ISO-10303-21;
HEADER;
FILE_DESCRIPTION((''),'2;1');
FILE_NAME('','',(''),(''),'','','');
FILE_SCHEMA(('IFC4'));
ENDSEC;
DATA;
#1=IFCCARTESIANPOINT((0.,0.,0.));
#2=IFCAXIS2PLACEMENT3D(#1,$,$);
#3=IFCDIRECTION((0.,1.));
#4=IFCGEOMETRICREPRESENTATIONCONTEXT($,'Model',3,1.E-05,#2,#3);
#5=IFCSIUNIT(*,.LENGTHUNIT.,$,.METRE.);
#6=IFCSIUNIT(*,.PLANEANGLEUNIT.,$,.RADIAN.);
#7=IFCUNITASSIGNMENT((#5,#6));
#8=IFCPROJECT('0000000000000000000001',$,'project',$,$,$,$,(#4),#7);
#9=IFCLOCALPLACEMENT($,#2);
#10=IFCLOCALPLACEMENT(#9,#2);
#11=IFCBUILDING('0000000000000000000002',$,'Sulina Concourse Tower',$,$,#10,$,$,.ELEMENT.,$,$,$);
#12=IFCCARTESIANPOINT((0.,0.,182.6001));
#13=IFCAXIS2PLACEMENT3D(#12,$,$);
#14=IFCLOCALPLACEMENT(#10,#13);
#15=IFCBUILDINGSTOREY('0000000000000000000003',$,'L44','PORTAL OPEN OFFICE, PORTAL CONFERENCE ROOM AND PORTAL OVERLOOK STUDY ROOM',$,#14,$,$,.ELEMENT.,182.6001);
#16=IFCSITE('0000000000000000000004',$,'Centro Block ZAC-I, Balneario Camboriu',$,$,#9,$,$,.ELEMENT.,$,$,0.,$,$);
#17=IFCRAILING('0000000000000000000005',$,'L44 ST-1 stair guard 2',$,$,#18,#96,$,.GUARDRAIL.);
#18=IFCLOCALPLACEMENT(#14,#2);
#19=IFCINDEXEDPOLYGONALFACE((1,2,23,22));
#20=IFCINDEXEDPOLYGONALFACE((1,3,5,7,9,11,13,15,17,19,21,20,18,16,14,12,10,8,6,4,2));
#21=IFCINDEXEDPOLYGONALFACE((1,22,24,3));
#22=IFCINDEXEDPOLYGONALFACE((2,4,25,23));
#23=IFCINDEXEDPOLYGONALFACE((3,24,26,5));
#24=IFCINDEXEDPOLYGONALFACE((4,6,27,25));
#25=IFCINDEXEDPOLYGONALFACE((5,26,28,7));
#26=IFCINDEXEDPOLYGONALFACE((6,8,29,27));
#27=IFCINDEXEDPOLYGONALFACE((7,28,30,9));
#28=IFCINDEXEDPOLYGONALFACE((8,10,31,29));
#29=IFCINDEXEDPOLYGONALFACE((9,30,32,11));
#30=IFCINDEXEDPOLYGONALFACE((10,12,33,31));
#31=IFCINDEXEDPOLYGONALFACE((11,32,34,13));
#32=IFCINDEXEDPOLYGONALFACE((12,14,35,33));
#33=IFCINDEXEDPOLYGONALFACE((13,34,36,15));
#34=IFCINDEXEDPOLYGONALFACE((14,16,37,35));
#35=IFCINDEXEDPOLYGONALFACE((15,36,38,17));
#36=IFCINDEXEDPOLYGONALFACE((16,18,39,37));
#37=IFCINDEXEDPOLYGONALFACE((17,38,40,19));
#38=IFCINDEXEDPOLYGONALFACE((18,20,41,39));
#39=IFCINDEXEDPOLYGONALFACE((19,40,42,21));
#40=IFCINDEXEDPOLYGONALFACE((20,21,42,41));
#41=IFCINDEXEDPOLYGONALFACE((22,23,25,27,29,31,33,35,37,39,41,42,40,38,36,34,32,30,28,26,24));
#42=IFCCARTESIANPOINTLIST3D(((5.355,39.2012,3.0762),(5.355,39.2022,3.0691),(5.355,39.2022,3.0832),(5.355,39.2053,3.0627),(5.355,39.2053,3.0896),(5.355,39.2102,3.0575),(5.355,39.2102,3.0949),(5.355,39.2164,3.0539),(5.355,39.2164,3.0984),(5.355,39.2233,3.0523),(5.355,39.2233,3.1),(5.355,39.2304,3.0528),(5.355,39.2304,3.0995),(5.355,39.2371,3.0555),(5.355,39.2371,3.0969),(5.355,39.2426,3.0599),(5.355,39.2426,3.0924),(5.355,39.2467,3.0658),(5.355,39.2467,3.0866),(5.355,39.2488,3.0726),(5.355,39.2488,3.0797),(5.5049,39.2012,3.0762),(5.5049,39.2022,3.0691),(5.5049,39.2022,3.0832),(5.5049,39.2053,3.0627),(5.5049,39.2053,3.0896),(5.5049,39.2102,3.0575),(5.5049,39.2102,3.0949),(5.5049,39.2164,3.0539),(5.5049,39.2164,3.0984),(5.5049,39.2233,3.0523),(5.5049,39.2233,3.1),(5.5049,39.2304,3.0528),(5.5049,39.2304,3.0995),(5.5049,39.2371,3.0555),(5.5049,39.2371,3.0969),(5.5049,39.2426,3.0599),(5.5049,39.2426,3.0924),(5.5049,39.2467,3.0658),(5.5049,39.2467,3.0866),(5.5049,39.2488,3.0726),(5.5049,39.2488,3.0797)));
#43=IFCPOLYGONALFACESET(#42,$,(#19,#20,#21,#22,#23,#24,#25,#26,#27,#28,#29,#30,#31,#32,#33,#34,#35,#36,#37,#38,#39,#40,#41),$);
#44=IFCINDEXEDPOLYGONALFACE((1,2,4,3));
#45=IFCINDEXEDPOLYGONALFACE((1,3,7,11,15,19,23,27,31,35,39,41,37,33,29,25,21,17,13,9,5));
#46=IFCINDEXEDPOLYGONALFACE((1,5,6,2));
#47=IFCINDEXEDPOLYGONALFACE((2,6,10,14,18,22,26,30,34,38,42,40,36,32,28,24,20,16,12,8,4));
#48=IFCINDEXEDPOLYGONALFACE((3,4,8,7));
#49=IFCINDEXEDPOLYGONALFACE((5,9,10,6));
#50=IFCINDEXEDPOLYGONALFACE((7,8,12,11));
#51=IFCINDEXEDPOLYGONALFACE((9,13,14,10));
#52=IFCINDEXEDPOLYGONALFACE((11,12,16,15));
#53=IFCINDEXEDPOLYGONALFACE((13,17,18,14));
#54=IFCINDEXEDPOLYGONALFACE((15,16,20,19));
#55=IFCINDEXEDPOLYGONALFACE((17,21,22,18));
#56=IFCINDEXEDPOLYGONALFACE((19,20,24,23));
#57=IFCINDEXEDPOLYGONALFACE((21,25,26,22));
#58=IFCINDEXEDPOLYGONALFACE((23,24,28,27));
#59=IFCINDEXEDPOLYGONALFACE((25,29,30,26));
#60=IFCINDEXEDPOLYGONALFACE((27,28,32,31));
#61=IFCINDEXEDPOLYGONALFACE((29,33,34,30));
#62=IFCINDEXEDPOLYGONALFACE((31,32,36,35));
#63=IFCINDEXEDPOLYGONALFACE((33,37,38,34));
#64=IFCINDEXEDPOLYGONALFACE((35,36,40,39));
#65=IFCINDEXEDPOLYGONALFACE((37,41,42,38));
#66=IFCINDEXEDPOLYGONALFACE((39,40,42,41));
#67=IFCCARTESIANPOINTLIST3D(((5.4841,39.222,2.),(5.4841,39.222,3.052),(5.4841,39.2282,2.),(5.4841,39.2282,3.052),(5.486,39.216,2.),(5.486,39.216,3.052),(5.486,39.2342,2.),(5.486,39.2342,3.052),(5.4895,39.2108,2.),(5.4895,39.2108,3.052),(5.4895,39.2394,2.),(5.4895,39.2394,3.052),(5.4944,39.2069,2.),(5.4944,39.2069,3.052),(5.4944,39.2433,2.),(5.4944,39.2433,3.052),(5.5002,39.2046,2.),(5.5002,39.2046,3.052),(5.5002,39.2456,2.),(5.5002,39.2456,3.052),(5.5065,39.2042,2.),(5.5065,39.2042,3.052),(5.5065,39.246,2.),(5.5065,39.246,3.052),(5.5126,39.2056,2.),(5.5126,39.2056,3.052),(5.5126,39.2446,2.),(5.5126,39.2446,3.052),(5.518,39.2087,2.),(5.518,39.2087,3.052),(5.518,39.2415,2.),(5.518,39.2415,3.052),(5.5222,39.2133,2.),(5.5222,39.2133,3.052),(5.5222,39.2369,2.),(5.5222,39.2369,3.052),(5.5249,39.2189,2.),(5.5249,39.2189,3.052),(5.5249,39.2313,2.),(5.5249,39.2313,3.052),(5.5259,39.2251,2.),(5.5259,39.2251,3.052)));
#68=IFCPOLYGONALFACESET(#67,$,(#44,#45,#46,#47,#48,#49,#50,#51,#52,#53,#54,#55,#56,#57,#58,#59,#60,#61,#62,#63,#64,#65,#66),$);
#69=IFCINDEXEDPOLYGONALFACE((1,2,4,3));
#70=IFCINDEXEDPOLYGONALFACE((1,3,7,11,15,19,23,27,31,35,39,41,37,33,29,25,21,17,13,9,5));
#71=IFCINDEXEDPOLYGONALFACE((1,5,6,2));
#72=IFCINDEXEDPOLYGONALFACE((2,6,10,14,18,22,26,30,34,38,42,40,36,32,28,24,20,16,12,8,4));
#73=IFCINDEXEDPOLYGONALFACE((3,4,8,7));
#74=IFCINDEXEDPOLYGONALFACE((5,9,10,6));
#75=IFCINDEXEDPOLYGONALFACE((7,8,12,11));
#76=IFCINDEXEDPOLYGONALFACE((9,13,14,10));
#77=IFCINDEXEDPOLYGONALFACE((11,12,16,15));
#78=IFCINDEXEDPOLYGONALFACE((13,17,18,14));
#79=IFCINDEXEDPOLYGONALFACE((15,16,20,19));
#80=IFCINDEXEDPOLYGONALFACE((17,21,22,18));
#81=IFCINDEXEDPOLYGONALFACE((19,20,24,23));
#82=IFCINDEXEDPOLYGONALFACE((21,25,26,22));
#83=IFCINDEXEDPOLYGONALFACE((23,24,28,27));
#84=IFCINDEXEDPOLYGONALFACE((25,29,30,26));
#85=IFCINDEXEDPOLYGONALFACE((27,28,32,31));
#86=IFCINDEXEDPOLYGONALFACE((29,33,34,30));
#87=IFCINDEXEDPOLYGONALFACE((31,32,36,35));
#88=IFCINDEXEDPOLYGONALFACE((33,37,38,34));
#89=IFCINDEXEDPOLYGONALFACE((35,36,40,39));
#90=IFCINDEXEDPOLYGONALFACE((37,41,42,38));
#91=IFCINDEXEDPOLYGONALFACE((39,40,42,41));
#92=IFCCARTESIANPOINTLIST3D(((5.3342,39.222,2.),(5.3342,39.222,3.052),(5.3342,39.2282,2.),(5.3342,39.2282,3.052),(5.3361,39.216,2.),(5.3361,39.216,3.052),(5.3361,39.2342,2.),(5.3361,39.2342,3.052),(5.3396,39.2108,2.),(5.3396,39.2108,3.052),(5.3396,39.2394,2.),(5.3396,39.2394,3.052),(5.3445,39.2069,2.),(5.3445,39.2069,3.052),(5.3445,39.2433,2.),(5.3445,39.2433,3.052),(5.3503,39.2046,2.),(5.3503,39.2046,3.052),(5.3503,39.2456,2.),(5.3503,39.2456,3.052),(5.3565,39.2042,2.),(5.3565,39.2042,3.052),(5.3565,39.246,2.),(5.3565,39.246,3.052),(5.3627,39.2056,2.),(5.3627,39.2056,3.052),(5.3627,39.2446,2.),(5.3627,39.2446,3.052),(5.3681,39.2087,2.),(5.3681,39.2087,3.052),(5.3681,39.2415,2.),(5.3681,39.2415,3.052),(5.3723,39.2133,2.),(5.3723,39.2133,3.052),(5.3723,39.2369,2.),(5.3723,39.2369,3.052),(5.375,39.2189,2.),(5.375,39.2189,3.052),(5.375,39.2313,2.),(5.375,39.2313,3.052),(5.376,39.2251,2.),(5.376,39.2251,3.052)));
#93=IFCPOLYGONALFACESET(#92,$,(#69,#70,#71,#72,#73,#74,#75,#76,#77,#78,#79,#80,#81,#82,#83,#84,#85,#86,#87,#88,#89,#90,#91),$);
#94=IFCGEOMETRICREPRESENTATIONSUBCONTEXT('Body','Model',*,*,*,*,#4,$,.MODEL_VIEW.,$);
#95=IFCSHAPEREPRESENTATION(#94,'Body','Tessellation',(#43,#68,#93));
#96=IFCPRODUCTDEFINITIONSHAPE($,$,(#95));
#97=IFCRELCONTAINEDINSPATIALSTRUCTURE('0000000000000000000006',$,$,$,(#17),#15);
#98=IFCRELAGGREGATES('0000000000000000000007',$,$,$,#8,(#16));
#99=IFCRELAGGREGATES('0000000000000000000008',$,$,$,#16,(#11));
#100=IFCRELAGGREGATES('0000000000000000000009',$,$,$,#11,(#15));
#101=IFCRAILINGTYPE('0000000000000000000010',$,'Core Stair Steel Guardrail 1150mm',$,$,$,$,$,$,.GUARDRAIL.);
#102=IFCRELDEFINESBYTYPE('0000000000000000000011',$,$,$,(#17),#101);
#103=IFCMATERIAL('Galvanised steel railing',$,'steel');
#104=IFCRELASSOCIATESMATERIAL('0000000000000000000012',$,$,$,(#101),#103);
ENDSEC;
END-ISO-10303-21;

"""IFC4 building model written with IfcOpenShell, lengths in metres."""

from ifc_helpers import new_model, si_unit, direction, frame, origin, origin_2d, place, context, subcontext, project, spatial, circle, extrude, material, type_object, element, save


model = new_model("IFC4")

# Units and contexts
model_context = context("Model", 3, precision=1e-05, world=origin(), true_north=direction((0.0, 1.0)))
body_context = subcontext(model_context, "Body", "Model", "MODEL_VIEW")
ifc_project = project(units=[si_unit("LENGTHUNIT", "METRE"), si_unit("PLANEANGLEUNIT", "RADIAN")], contexts=[model_context])

# Site, building, storey
site_placement = place(None, origin())
site = spatial("IfcSite", under=ifc_project, at=site_placement, Name="Centro Block ZAC-I, Balneario Camboriu", CompositionType="ELEMENT", RefElevation=0.0)
building_placement = place(site_placement, origin())
building = spatial("IfcBuilding", under=site, at=building_placement, Name="Sulina Concourse Tower", CompositionType="ELEMENT")
storey_placement = place(building_placement, frame((0.0, 0.0, 182.6001)))
storey = spatial("IfcBuildingStorey", under=building, at=storey_placement, Name="L44", Description="PORTAL OPEN OFFICE, PORTAL CONFERENCE ROOM AND PORTAL OVERLOOK STUDY ROOM", CompositionType="ELEMENT", Elevation=182.6001)

# Railing
ifc_material_1 = material(Name="Galvanised steel railing", Category="steel")
railing_type_1 = type_object("IfcRailingType", Name="Core Stair Steel Guardrail 1150mm", PredefinedType="GUARDRAIL", material=ifc_material_1)
railing_1_placement = place(storey_placement, frame((5.5049, 39.2251, 2.0)))
element("IfcRailing", 1, at=railing_1_placement, inside=storey, type_object=railing_type_1, Name="L44 ST-1 stair guard 2", PredefinedType="GUARDRAIL", context=body_context, shape_type="SweptSolid", body=[
    extrude(circle(Radius=0.0239, at=origin_2d()), frame((0.0, 0.0, 1.0762), z_axis=(-1.0, 0.0, 0.0), x_axis=(0.0, -1.0, 0.0)), (0.0, 0.0, 1.0), 0.1499),
    extrude(circle(Radius=0.021, at=origin_2d()), origin(), (0.0, 0.0, 1.0), 1.052),
    extrude(circle(Radius=0.021, at=origin_2d()), frame((-0.1499, 0.0, 0.0)), (0.0, 0.0, 1.0), 1.052),
])

save(model, "model.ifc")
